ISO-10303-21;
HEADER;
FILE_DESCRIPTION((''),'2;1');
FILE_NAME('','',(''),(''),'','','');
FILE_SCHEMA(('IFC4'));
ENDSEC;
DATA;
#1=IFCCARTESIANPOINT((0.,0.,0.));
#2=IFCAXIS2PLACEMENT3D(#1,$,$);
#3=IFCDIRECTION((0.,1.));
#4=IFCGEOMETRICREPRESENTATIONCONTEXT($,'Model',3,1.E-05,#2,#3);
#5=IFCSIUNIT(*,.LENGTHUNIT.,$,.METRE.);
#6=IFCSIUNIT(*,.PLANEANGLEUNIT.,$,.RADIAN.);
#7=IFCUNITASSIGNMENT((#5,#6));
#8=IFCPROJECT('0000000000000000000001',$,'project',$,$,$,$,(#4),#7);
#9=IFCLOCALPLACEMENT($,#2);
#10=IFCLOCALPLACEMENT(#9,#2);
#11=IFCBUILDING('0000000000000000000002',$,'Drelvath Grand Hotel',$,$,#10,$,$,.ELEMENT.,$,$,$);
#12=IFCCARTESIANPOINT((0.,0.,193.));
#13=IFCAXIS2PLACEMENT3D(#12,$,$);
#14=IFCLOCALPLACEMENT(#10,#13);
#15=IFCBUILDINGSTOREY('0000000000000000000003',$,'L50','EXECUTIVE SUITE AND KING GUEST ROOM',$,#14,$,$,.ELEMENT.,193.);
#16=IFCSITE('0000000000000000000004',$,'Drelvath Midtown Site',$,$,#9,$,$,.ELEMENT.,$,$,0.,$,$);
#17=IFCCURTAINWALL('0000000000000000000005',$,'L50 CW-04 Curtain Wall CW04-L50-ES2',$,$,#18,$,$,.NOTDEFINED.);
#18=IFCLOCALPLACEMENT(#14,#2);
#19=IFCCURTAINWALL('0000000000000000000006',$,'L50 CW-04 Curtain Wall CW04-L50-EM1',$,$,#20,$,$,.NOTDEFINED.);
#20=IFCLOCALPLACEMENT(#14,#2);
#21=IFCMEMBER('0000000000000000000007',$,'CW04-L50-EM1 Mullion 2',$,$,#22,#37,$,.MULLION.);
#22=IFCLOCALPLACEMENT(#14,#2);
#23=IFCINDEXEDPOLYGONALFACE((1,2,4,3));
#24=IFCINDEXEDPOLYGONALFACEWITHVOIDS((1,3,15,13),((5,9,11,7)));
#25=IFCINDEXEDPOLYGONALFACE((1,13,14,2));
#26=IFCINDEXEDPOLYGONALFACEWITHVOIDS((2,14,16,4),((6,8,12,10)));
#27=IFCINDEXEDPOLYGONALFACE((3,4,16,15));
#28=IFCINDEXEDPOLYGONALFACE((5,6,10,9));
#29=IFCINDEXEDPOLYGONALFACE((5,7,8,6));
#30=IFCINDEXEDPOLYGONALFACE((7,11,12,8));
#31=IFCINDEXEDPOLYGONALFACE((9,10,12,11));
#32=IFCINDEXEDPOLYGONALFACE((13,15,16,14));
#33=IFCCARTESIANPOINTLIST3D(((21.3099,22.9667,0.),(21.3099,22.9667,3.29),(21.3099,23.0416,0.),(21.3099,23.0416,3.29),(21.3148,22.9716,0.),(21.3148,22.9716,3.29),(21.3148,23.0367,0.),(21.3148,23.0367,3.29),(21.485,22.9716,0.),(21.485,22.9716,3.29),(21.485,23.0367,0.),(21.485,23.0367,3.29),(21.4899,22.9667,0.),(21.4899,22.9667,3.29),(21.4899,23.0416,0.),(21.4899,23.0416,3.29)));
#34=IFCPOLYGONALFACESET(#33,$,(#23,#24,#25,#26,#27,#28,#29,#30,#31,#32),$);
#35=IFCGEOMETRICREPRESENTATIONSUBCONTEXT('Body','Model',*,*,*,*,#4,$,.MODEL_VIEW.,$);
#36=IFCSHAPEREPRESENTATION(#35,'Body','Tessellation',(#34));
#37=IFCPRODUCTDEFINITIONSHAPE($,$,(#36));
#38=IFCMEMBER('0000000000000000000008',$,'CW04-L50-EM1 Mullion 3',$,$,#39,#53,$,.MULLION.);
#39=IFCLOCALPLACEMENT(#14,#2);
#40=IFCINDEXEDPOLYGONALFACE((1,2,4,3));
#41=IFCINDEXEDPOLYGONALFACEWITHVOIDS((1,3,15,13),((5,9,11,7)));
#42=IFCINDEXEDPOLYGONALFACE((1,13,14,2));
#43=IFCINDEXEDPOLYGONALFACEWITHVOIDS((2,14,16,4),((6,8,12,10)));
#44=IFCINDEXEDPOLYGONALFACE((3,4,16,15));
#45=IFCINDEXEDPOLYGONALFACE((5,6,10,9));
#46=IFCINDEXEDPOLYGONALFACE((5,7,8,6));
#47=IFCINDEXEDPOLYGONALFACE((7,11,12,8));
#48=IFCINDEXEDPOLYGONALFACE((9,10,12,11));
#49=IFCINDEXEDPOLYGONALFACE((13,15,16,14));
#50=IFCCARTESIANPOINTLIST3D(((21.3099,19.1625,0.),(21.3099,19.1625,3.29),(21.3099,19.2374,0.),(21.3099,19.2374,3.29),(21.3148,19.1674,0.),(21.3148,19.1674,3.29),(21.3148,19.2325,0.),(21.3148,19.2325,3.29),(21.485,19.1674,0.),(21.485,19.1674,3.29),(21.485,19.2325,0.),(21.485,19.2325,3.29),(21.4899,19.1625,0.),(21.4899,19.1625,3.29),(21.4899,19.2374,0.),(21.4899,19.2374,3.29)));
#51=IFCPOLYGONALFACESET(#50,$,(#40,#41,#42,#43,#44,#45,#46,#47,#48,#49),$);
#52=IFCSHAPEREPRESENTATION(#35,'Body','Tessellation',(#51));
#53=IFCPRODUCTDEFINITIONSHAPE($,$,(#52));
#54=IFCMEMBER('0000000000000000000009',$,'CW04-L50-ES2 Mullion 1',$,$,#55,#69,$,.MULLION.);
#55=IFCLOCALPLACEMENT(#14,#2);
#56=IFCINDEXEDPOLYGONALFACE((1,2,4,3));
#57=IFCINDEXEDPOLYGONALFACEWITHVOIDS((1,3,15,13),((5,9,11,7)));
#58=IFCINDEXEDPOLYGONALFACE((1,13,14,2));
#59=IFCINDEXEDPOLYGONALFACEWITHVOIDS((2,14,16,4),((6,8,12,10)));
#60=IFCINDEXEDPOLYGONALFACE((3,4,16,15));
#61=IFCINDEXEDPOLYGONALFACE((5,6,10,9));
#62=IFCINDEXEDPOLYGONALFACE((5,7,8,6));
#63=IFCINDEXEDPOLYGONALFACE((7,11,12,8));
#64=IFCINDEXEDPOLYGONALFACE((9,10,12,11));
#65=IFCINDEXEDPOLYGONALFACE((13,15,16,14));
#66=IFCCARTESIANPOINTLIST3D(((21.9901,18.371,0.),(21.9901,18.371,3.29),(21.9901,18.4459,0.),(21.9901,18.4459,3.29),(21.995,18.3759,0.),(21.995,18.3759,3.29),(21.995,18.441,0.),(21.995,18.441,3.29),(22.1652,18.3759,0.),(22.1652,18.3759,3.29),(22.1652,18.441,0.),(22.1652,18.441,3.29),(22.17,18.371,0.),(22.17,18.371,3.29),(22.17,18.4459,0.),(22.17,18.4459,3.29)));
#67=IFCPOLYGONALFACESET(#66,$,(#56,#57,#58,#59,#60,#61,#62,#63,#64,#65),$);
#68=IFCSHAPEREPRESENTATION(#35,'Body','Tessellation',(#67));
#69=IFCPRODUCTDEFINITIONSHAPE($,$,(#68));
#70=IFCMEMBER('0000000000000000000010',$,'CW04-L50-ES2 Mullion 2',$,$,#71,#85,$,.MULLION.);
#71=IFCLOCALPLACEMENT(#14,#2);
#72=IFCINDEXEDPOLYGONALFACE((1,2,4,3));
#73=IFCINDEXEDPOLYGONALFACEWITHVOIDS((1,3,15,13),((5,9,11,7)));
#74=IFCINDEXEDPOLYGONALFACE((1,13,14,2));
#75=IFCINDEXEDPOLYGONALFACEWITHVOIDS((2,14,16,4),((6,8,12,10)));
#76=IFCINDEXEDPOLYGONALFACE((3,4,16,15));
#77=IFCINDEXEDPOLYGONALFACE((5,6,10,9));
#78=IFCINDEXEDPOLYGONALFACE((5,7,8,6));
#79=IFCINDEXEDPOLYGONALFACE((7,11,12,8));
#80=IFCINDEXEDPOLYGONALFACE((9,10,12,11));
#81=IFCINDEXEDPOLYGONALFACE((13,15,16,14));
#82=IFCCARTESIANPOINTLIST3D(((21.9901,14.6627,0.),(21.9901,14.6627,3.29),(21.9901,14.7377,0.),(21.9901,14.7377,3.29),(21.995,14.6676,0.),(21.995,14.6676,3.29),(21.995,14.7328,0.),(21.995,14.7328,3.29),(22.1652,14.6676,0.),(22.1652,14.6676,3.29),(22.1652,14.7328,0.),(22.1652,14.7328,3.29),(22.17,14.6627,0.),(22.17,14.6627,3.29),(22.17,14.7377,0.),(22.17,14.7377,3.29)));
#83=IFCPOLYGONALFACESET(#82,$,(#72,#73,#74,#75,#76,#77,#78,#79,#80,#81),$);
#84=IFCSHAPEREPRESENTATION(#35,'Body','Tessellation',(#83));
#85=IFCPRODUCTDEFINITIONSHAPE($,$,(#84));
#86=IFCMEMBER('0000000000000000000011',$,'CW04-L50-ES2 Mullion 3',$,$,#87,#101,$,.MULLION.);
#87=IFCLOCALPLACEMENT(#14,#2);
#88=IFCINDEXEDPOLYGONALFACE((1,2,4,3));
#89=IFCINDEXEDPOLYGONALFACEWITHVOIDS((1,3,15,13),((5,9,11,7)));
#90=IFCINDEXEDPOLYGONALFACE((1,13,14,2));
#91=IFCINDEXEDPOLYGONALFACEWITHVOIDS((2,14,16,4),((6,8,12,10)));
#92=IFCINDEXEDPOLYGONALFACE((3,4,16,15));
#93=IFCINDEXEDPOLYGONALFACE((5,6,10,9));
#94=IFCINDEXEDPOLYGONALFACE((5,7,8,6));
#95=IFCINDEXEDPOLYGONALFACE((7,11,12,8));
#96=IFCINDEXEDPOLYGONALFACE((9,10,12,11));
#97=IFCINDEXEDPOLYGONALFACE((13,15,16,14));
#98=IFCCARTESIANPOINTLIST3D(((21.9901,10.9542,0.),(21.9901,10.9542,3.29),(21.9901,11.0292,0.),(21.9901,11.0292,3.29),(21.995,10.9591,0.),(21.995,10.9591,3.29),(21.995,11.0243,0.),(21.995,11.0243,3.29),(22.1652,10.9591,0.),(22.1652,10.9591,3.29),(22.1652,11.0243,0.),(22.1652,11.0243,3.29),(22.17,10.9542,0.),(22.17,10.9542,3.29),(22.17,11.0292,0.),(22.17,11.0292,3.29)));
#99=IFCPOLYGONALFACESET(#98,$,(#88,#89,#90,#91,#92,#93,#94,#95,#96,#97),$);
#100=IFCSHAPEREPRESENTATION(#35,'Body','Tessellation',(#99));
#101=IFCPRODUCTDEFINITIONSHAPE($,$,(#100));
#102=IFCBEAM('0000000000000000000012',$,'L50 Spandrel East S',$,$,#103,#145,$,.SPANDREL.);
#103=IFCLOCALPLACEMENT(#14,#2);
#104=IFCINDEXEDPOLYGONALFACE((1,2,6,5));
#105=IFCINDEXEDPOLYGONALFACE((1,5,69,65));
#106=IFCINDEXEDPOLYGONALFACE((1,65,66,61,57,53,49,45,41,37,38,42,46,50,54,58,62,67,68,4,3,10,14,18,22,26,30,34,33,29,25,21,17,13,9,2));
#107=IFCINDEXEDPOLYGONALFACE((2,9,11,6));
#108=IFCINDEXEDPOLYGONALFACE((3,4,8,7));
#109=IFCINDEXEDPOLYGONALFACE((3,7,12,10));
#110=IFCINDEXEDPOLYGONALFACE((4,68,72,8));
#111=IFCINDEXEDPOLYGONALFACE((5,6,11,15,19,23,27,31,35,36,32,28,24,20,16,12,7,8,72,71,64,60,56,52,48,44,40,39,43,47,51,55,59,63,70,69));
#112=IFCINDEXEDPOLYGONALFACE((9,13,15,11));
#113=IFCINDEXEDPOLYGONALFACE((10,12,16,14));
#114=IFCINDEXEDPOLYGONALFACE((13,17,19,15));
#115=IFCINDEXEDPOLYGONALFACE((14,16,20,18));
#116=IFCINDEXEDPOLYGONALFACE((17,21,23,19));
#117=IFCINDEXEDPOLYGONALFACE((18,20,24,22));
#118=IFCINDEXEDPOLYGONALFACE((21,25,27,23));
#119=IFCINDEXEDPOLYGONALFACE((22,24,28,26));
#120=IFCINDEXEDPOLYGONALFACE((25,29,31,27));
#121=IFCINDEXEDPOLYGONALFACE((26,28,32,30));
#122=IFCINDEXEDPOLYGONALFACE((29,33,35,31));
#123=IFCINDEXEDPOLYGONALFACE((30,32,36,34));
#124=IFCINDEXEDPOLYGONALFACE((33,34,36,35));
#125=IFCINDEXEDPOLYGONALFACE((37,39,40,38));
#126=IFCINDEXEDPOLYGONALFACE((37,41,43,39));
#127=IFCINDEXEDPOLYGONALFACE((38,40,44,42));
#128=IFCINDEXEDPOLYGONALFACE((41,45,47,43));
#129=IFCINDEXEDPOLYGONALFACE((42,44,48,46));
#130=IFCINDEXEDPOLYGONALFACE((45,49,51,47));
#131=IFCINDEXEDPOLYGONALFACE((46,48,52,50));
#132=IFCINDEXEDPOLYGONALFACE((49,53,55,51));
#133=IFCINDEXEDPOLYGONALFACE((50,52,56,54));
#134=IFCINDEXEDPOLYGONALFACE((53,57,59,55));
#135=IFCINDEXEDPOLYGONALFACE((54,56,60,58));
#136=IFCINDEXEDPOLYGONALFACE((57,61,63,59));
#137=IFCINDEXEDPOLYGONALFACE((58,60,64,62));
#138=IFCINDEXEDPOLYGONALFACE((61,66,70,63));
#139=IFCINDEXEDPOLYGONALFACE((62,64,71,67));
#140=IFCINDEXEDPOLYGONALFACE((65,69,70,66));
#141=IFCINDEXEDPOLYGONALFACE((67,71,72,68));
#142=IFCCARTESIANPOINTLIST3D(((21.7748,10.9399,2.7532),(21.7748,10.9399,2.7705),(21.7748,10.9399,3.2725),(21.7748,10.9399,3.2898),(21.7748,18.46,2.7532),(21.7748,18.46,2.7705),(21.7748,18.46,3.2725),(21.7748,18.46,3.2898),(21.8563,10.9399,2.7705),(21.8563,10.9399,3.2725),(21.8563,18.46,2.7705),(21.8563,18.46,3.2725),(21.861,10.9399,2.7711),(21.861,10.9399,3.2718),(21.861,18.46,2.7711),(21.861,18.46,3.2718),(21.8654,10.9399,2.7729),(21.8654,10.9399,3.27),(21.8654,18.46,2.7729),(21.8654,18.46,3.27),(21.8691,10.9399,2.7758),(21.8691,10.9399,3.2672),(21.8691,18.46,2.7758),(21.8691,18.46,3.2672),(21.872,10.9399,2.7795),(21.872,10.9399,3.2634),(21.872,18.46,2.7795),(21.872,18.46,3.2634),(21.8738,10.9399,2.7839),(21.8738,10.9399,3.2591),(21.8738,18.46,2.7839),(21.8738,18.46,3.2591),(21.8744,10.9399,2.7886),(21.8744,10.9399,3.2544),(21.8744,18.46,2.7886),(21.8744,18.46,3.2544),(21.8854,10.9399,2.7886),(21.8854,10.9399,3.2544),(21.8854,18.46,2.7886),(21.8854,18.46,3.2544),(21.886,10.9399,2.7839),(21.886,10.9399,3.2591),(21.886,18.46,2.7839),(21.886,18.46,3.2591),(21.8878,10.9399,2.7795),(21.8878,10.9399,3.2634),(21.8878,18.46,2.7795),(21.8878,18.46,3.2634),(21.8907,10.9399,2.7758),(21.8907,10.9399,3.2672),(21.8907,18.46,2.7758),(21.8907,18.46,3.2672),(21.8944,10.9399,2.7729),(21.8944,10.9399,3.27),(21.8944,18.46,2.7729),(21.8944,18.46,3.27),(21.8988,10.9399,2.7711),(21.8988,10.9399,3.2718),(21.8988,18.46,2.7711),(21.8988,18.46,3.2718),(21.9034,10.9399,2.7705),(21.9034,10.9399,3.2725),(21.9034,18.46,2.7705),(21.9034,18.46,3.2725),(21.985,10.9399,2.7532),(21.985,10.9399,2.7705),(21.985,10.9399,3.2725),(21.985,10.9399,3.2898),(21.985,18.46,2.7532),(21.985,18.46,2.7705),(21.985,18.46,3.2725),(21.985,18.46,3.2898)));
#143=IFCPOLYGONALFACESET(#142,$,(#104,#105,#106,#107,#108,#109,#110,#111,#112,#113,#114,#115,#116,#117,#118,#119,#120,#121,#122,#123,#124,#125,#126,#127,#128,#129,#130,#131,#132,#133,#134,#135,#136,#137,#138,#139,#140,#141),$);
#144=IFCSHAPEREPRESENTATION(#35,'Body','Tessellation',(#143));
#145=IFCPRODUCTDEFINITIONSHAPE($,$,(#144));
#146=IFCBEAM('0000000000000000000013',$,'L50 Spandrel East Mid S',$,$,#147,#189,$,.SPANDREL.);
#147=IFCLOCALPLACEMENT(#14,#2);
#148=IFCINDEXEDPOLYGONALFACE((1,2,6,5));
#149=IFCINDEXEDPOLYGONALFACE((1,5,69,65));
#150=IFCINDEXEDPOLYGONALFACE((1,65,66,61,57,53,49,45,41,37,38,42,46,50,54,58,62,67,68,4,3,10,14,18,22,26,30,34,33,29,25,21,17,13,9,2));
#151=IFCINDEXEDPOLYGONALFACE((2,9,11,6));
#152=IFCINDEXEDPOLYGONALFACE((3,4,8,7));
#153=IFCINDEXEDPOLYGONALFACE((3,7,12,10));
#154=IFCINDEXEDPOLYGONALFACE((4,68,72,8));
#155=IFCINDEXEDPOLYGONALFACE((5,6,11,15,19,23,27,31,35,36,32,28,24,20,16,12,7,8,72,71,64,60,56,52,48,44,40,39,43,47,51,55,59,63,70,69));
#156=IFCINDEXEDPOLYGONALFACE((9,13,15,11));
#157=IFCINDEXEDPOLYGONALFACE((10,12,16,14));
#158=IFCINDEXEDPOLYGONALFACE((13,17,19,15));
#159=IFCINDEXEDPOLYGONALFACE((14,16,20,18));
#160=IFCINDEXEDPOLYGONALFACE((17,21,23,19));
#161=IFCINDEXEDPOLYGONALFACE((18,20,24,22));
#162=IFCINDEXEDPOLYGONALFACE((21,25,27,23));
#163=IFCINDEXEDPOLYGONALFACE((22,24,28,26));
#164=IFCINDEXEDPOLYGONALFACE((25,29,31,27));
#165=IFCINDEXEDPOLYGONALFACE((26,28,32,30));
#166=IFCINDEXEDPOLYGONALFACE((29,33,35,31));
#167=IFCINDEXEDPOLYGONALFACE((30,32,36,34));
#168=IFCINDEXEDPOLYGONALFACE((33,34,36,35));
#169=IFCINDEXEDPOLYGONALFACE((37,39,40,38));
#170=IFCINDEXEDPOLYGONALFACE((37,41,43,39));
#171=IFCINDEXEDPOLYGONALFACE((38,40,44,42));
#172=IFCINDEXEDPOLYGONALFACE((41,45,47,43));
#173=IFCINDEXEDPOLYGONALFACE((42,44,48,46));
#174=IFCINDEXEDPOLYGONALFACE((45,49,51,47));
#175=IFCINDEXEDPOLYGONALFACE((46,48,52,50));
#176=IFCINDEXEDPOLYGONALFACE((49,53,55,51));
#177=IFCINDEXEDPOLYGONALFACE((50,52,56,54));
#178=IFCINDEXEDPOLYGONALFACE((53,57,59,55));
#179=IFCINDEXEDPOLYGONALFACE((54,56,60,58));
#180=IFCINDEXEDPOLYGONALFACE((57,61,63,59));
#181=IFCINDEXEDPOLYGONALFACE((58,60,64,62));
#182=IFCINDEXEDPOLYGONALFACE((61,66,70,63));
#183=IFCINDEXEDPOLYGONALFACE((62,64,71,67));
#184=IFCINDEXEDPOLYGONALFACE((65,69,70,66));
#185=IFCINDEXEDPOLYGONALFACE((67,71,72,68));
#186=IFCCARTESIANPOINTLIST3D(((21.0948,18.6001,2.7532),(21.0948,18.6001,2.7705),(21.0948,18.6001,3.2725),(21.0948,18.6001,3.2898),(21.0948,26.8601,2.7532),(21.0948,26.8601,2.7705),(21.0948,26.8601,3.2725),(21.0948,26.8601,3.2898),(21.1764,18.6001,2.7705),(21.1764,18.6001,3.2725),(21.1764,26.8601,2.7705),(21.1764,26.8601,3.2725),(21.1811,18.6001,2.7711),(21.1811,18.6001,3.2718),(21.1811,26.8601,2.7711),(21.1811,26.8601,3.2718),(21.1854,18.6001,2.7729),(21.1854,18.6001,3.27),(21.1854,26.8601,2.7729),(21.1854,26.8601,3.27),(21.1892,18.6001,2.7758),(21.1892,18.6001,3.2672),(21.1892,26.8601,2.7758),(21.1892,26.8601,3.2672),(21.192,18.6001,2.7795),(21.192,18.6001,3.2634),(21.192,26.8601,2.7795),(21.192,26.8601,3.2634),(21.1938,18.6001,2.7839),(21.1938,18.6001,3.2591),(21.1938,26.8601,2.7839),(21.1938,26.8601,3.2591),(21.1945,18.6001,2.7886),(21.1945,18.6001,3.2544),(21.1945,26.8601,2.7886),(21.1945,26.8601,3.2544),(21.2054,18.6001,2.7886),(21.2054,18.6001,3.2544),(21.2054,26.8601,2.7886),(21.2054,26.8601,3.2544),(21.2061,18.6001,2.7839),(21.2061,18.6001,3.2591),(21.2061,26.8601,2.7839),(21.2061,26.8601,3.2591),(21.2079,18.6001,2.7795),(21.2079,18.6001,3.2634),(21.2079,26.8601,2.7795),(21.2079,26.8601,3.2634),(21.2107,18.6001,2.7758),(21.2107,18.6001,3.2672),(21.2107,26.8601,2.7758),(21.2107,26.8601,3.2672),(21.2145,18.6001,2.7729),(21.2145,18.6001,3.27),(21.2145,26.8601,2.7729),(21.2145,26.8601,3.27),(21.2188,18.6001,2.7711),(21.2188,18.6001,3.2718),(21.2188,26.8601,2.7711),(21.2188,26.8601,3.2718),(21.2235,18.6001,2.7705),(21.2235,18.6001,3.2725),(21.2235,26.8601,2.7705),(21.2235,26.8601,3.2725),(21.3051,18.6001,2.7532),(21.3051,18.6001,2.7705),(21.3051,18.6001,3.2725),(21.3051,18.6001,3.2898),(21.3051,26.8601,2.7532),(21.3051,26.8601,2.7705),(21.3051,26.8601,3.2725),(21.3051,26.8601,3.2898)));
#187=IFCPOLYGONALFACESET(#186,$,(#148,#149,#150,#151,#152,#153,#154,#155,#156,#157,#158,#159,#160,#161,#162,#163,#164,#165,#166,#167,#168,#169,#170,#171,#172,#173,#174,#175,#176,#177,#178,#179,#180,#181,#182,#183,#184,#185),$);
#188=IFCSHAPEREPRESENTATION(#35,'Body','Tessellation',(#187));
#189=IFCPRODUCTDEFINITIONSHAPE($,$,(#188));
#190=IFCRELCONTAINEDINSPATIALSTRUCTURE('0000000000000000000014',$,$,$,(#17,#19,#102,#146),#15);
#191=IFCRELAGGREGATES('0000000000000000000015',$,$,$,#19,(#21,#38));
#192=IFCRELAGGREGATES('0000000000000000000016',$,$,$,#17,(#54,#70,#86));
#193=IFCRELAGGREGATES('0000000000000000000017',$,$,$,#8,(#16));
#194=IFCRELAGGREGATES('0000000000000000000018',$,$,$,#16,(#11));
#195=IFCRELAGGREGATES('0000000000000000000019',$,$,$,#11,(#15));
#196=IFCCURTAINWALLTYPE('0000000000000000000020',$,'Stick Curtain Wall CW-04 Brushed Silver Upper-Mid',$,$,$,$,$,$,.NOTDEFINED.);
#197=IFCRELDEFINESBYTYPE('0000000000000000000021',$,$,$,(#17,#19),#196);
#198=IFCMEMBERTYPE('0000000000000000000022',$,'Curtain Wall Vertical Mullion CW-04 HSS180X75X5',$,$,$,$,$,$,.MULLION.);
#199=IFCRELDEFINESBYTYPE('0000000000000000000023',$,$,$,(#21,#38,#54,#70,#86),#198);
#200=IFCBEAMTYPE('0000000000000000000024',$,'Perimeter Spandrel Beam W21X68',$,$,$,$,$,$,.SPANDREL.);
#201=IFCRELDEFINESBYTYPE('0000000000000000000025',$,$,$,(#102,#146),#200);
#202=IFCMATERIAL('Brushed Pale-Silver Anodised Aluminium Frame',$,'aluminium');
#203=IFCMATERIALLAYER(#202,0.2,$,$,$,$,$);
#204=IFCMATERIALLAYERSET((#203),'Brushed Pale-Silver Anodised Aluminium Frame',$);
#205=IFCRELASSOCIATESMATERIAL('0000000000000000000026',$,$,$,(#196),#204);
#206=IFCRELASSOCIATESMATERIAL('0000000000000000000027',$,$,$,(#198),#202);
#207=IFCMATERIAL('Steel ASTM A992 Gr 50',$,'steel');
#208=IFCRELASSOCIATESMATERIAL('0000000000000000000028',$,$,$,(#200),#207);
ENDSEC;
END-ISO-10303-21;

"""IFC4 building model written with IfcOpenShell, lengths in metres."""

from ifc_helpers import new_model, si_unit, direction, frame, origin, origin_2d, place, context, subcontext, project, spatial, hollow_rectangle, i_section, extrude, material, layer, layer_set, material_profile, profile_set, type_object, element, aggregate, save


model = new_model("IFC4")

# Units and contexts
model_context = context("Model", 3, precision=1e-05, world=origin(), true_north=direction((0.0, 1.0)))
body_context = subcontext(model_context, "Body", "Model", "MODEL_VIEW")
ifc_project = project(units=[si_unit("LENGTHUNIT", "METRE"), si_unit("PLANEANGLEUNIT", "RADIAN")], contexts=[model_context])

# Site, building, storey
site_placement = place(None, origin())
site = spatial("IfcSite", under=ifc_project, at=site_placement, Name="Drelvath Midtown Site", CompositionType="ELEMENT", RefElevation=0.0)
building_placement = place(site_placement, origin())
building = spatial("IfcBuilding", under=site, at=building_placement, Name="Drelvath Grand Hotel", CompositionType="ELEMENT")
storey_placement = place(building_placement, frame((0.0, 0.0, 193.0)))
storey = spatial("IfcBuildingStorey", under=building, at=storey_placement, Name="L50", Description="EXECUTIVE SUITE AND KING GUEST ROOM", CompositionType="ELEMENT", Elevation=193.0)

# Shared definitions
ifc_material_1 = material(Name="Steel ASTM A992 Gr 50", Category="steel")

# Curtain wall
ifc_material_2 = material(Name="Brushed Pale-Silver Anodised Aluminium Frame", Category="aluminium")
ifc_layer_1 = layer(ifc_material_2, 0.2)
ifc_layer_set_1 = layer_set([ifc_layer_1], Name="Brushed Pale-Silver Anodised Aluminium Frame")
curtain_wall_type = type_object("IfcCurtainWallType", Name="Stick Curtain Wall CW-04 Brushed Silver Upper-Mid", PredefinedType="NOTDEFINED", material=ifc_layer_set_1)
curtain_wall_1_placement = place(storey_placement, origin())
curtain_wall_1 = element("IfcCurtainWall", 1, at=curtain_wall_1_placement, inside=storey, type_object=curtain_wall_type, Name="L50 CW-04 Curtain Wall CW04-L50-ES2", PredefinedType="NOTDEFINED")

# Curtain wall, members
curtain_wall_2_placement = place(storey_placement, origin())
curtain_wall_2 = element("IfcCurtainWall", 2, at=curtain_wall_2_placement, inside=storey, type_object=curtain_wall_type, Name="L50 CW-04 Curtain Wall CW04-L50-EM1", PredefinedType="NOTDEFINED")
ifc_material_profile_1 = material_profile(ifc_material_2, hollow_rectangle(XDim=0.075, YDim=0.1799, WallThickness=0.0049, at=origin_2d()), Name="HSS180X75X5")
ifc_profile_set_1 = profile_set([ifc_material_profile_1], Name="Brushed Pale-Silver Anodised Aluminium Frame")
member_type_1 = type_object("IfcMemberType", Name="Curtain Wall Vertical Mullion CW-04 HSS180X75X5", PredefinedType="MULLION", material=ifc_profile_set_1)
member_1_placement = place(storey_placement, frame((21.3999, 23.0042, 0.0), z_axis=(0.0, 0.0, 1.0), x_axis=(0.0, 1.0, 0.0)))
member_1 = element("IfcMember", 3, at=member_1_placement, type_object=member_type_1, Name="CW04-L50-EM1 Mullion 2", PredefinedType="MULLION", context=body_context, shape_type="SweptSolid", body=[
    extrude(hollow_rectangle(XDim=0.075, YDim=0.1799, WallThickness=0.0049, at=origin_2d()), origin(), (0.0, 0.0, 1.0), 3.29),
])
member_2_placement = place(storey_placement, frame((21.3999, 19.2, 0.0), z_axis=(0.0, 0.0, 1.0), x_axis=(0.0, 1.0, 0.0)))
member_2 = element("IfcMember", 4, at=member_2_placement, type_object=member_type_1, Name="CW04-L50-EM1 Mullion 3", PredefinedType="MULLION", context=body_context, shape_type="SweptSolid", body=[
    extrude(hollow_rectangle(XDim=0.075, YDim=0.1799, WallThickness=0.0049, at=origin_2d()), origin(), (0.0, 0.0, 1.0), 3.29),
])

# Members
member_3_placement = place(storey_placement, frame((22.0801, 18.4084, 0.0), z_axis=(0.0, 0.0, 1.0), x_axis=(0.0, 1.0, 0.0)))
member_3 = element("IfcMember", 5, at=member_3_placement, type_object=member_type_1, Name="CW04-L50-ES2 Mullion 1", PredefinedType="MULLION", context=body_context, shape_type="SweptSolid", body=[
    extrude(hollow_rectangle(XDim=0.075, YDim=0.1799, WallThickness=0.0049, at=origin_2d()), origin(), (0.0, 0.0, 1.0), 3.29),
])
member_4_placement = place(storey_placement, frame((22.0801, 14.7002, 0.0), z_axis=(0.0, 0.0, 1.0), x_axis=(0.0, 1.0, 0.0)))
member_4 = element("IfcMember", 6, at=member_4_placement, type_object=member_type_1, Name="CW04-L50-ES2 Mullion 2", PredefinedType="MULLION", context=body_context, shape_type="SweptSolid", body=[
    extrude(hollow_rectangle(XDim=0.075, YDim=0.1799, WallThickness=0.0049, at=origin_2d()), origin(), (0.0, 0.0, 1.0), 3.29),
])
member_5_placement = place(storey_placement, frame((22.0801, 10.9917, 0.0), z_axis=(0.0, 0.0, 1.0), x_axis=(0.0, 1.0, 0.0)))
member_5 = element("IfcMember", 7, at=member_5_placement, type_object=member_type_1, Name="CW04-L50-ES2 Mullion 3", PredefinedType="MULLION", context=body_context, shape_type="SweptSolid", body=[
    extrude(hollow_rectangle(XDim=0.075, YDim=0.1799, WallThickness=0.0049, at=origin_2d()), origin(), (0.0, 0.0, 1.0), 3.29),
])

# Beams
ifc_material_profile_2 = material_profile(ifc_material_1, i_section(OverallWidth=0.2102, OverallDepth=0.5366, WebThickness=0.011, FlangeThickness=0.0173, FilletRadius=0.0181, at=origin_2d()), Name="W21X68")
ifc_profile_set_2 = profile_set([ifc_material_profile_2], Name="Steel ASTM A992 Gr 50")
beam_type_1 = type_object("IfcBeamType", Name="Perimeter Spandrel Beam W21X68", PredefinedType="SPANDREL", material=ifc_profile_set_2)
beam_1_placement = place(storey_placement, frame((21.8799, 10.9399, 3.0215), z_axis=(0.0, 1.0, 0.0), x_axis=(-1.0, 0.0, 0.0)))
element("IfcBeam", 8, at=beam_1_placement, inside=storey, type_object=beam_type_1, Name="L50 Spandrel East S", PredefinedType="SPANDREL", context=body_context, shape_type="SweptSolid", body=[
    extrude(i_section(OverallWidth=0.2102, OverallDepth=0.5366, WebThickness=0.011, FlangeThickness=0.0173, FilletRadius=0.0181, at=origin_2d()), origin(), (0.0, 0.0, 1.0), 7.52),
])
beam_2_placement = place(storey_placement, frame((21.2, 18.6001, 3.0215), z_axis=(0.0, 1.0, 0.0), x_axis=(-1.0, 0.0, 0.0)))
element("IfcBeam", 9, at=beam_2_placement, inside=storey, type_object=beam_type_1, Name="L50 Spandrel East Mid S", PredefinedType="SPANDREL", context=body_context, shape_type="SweptSolid", body=[
    extrude(i_section(OverallWidth=0.2102, OverallDepth=0.5366, WebThickness=0.011, FlangeThickness=0.0173, FilletRadius=0.0181, at=origin_2d()), origin(), (0.0, 0.0, 1.0), 8.26),
])

aggregate(curtain_wall_2, [member_1, member_2])
aggregate(curtain_wall_1, [member_3, member_4, member_5])

save(model, "model.ifc")
